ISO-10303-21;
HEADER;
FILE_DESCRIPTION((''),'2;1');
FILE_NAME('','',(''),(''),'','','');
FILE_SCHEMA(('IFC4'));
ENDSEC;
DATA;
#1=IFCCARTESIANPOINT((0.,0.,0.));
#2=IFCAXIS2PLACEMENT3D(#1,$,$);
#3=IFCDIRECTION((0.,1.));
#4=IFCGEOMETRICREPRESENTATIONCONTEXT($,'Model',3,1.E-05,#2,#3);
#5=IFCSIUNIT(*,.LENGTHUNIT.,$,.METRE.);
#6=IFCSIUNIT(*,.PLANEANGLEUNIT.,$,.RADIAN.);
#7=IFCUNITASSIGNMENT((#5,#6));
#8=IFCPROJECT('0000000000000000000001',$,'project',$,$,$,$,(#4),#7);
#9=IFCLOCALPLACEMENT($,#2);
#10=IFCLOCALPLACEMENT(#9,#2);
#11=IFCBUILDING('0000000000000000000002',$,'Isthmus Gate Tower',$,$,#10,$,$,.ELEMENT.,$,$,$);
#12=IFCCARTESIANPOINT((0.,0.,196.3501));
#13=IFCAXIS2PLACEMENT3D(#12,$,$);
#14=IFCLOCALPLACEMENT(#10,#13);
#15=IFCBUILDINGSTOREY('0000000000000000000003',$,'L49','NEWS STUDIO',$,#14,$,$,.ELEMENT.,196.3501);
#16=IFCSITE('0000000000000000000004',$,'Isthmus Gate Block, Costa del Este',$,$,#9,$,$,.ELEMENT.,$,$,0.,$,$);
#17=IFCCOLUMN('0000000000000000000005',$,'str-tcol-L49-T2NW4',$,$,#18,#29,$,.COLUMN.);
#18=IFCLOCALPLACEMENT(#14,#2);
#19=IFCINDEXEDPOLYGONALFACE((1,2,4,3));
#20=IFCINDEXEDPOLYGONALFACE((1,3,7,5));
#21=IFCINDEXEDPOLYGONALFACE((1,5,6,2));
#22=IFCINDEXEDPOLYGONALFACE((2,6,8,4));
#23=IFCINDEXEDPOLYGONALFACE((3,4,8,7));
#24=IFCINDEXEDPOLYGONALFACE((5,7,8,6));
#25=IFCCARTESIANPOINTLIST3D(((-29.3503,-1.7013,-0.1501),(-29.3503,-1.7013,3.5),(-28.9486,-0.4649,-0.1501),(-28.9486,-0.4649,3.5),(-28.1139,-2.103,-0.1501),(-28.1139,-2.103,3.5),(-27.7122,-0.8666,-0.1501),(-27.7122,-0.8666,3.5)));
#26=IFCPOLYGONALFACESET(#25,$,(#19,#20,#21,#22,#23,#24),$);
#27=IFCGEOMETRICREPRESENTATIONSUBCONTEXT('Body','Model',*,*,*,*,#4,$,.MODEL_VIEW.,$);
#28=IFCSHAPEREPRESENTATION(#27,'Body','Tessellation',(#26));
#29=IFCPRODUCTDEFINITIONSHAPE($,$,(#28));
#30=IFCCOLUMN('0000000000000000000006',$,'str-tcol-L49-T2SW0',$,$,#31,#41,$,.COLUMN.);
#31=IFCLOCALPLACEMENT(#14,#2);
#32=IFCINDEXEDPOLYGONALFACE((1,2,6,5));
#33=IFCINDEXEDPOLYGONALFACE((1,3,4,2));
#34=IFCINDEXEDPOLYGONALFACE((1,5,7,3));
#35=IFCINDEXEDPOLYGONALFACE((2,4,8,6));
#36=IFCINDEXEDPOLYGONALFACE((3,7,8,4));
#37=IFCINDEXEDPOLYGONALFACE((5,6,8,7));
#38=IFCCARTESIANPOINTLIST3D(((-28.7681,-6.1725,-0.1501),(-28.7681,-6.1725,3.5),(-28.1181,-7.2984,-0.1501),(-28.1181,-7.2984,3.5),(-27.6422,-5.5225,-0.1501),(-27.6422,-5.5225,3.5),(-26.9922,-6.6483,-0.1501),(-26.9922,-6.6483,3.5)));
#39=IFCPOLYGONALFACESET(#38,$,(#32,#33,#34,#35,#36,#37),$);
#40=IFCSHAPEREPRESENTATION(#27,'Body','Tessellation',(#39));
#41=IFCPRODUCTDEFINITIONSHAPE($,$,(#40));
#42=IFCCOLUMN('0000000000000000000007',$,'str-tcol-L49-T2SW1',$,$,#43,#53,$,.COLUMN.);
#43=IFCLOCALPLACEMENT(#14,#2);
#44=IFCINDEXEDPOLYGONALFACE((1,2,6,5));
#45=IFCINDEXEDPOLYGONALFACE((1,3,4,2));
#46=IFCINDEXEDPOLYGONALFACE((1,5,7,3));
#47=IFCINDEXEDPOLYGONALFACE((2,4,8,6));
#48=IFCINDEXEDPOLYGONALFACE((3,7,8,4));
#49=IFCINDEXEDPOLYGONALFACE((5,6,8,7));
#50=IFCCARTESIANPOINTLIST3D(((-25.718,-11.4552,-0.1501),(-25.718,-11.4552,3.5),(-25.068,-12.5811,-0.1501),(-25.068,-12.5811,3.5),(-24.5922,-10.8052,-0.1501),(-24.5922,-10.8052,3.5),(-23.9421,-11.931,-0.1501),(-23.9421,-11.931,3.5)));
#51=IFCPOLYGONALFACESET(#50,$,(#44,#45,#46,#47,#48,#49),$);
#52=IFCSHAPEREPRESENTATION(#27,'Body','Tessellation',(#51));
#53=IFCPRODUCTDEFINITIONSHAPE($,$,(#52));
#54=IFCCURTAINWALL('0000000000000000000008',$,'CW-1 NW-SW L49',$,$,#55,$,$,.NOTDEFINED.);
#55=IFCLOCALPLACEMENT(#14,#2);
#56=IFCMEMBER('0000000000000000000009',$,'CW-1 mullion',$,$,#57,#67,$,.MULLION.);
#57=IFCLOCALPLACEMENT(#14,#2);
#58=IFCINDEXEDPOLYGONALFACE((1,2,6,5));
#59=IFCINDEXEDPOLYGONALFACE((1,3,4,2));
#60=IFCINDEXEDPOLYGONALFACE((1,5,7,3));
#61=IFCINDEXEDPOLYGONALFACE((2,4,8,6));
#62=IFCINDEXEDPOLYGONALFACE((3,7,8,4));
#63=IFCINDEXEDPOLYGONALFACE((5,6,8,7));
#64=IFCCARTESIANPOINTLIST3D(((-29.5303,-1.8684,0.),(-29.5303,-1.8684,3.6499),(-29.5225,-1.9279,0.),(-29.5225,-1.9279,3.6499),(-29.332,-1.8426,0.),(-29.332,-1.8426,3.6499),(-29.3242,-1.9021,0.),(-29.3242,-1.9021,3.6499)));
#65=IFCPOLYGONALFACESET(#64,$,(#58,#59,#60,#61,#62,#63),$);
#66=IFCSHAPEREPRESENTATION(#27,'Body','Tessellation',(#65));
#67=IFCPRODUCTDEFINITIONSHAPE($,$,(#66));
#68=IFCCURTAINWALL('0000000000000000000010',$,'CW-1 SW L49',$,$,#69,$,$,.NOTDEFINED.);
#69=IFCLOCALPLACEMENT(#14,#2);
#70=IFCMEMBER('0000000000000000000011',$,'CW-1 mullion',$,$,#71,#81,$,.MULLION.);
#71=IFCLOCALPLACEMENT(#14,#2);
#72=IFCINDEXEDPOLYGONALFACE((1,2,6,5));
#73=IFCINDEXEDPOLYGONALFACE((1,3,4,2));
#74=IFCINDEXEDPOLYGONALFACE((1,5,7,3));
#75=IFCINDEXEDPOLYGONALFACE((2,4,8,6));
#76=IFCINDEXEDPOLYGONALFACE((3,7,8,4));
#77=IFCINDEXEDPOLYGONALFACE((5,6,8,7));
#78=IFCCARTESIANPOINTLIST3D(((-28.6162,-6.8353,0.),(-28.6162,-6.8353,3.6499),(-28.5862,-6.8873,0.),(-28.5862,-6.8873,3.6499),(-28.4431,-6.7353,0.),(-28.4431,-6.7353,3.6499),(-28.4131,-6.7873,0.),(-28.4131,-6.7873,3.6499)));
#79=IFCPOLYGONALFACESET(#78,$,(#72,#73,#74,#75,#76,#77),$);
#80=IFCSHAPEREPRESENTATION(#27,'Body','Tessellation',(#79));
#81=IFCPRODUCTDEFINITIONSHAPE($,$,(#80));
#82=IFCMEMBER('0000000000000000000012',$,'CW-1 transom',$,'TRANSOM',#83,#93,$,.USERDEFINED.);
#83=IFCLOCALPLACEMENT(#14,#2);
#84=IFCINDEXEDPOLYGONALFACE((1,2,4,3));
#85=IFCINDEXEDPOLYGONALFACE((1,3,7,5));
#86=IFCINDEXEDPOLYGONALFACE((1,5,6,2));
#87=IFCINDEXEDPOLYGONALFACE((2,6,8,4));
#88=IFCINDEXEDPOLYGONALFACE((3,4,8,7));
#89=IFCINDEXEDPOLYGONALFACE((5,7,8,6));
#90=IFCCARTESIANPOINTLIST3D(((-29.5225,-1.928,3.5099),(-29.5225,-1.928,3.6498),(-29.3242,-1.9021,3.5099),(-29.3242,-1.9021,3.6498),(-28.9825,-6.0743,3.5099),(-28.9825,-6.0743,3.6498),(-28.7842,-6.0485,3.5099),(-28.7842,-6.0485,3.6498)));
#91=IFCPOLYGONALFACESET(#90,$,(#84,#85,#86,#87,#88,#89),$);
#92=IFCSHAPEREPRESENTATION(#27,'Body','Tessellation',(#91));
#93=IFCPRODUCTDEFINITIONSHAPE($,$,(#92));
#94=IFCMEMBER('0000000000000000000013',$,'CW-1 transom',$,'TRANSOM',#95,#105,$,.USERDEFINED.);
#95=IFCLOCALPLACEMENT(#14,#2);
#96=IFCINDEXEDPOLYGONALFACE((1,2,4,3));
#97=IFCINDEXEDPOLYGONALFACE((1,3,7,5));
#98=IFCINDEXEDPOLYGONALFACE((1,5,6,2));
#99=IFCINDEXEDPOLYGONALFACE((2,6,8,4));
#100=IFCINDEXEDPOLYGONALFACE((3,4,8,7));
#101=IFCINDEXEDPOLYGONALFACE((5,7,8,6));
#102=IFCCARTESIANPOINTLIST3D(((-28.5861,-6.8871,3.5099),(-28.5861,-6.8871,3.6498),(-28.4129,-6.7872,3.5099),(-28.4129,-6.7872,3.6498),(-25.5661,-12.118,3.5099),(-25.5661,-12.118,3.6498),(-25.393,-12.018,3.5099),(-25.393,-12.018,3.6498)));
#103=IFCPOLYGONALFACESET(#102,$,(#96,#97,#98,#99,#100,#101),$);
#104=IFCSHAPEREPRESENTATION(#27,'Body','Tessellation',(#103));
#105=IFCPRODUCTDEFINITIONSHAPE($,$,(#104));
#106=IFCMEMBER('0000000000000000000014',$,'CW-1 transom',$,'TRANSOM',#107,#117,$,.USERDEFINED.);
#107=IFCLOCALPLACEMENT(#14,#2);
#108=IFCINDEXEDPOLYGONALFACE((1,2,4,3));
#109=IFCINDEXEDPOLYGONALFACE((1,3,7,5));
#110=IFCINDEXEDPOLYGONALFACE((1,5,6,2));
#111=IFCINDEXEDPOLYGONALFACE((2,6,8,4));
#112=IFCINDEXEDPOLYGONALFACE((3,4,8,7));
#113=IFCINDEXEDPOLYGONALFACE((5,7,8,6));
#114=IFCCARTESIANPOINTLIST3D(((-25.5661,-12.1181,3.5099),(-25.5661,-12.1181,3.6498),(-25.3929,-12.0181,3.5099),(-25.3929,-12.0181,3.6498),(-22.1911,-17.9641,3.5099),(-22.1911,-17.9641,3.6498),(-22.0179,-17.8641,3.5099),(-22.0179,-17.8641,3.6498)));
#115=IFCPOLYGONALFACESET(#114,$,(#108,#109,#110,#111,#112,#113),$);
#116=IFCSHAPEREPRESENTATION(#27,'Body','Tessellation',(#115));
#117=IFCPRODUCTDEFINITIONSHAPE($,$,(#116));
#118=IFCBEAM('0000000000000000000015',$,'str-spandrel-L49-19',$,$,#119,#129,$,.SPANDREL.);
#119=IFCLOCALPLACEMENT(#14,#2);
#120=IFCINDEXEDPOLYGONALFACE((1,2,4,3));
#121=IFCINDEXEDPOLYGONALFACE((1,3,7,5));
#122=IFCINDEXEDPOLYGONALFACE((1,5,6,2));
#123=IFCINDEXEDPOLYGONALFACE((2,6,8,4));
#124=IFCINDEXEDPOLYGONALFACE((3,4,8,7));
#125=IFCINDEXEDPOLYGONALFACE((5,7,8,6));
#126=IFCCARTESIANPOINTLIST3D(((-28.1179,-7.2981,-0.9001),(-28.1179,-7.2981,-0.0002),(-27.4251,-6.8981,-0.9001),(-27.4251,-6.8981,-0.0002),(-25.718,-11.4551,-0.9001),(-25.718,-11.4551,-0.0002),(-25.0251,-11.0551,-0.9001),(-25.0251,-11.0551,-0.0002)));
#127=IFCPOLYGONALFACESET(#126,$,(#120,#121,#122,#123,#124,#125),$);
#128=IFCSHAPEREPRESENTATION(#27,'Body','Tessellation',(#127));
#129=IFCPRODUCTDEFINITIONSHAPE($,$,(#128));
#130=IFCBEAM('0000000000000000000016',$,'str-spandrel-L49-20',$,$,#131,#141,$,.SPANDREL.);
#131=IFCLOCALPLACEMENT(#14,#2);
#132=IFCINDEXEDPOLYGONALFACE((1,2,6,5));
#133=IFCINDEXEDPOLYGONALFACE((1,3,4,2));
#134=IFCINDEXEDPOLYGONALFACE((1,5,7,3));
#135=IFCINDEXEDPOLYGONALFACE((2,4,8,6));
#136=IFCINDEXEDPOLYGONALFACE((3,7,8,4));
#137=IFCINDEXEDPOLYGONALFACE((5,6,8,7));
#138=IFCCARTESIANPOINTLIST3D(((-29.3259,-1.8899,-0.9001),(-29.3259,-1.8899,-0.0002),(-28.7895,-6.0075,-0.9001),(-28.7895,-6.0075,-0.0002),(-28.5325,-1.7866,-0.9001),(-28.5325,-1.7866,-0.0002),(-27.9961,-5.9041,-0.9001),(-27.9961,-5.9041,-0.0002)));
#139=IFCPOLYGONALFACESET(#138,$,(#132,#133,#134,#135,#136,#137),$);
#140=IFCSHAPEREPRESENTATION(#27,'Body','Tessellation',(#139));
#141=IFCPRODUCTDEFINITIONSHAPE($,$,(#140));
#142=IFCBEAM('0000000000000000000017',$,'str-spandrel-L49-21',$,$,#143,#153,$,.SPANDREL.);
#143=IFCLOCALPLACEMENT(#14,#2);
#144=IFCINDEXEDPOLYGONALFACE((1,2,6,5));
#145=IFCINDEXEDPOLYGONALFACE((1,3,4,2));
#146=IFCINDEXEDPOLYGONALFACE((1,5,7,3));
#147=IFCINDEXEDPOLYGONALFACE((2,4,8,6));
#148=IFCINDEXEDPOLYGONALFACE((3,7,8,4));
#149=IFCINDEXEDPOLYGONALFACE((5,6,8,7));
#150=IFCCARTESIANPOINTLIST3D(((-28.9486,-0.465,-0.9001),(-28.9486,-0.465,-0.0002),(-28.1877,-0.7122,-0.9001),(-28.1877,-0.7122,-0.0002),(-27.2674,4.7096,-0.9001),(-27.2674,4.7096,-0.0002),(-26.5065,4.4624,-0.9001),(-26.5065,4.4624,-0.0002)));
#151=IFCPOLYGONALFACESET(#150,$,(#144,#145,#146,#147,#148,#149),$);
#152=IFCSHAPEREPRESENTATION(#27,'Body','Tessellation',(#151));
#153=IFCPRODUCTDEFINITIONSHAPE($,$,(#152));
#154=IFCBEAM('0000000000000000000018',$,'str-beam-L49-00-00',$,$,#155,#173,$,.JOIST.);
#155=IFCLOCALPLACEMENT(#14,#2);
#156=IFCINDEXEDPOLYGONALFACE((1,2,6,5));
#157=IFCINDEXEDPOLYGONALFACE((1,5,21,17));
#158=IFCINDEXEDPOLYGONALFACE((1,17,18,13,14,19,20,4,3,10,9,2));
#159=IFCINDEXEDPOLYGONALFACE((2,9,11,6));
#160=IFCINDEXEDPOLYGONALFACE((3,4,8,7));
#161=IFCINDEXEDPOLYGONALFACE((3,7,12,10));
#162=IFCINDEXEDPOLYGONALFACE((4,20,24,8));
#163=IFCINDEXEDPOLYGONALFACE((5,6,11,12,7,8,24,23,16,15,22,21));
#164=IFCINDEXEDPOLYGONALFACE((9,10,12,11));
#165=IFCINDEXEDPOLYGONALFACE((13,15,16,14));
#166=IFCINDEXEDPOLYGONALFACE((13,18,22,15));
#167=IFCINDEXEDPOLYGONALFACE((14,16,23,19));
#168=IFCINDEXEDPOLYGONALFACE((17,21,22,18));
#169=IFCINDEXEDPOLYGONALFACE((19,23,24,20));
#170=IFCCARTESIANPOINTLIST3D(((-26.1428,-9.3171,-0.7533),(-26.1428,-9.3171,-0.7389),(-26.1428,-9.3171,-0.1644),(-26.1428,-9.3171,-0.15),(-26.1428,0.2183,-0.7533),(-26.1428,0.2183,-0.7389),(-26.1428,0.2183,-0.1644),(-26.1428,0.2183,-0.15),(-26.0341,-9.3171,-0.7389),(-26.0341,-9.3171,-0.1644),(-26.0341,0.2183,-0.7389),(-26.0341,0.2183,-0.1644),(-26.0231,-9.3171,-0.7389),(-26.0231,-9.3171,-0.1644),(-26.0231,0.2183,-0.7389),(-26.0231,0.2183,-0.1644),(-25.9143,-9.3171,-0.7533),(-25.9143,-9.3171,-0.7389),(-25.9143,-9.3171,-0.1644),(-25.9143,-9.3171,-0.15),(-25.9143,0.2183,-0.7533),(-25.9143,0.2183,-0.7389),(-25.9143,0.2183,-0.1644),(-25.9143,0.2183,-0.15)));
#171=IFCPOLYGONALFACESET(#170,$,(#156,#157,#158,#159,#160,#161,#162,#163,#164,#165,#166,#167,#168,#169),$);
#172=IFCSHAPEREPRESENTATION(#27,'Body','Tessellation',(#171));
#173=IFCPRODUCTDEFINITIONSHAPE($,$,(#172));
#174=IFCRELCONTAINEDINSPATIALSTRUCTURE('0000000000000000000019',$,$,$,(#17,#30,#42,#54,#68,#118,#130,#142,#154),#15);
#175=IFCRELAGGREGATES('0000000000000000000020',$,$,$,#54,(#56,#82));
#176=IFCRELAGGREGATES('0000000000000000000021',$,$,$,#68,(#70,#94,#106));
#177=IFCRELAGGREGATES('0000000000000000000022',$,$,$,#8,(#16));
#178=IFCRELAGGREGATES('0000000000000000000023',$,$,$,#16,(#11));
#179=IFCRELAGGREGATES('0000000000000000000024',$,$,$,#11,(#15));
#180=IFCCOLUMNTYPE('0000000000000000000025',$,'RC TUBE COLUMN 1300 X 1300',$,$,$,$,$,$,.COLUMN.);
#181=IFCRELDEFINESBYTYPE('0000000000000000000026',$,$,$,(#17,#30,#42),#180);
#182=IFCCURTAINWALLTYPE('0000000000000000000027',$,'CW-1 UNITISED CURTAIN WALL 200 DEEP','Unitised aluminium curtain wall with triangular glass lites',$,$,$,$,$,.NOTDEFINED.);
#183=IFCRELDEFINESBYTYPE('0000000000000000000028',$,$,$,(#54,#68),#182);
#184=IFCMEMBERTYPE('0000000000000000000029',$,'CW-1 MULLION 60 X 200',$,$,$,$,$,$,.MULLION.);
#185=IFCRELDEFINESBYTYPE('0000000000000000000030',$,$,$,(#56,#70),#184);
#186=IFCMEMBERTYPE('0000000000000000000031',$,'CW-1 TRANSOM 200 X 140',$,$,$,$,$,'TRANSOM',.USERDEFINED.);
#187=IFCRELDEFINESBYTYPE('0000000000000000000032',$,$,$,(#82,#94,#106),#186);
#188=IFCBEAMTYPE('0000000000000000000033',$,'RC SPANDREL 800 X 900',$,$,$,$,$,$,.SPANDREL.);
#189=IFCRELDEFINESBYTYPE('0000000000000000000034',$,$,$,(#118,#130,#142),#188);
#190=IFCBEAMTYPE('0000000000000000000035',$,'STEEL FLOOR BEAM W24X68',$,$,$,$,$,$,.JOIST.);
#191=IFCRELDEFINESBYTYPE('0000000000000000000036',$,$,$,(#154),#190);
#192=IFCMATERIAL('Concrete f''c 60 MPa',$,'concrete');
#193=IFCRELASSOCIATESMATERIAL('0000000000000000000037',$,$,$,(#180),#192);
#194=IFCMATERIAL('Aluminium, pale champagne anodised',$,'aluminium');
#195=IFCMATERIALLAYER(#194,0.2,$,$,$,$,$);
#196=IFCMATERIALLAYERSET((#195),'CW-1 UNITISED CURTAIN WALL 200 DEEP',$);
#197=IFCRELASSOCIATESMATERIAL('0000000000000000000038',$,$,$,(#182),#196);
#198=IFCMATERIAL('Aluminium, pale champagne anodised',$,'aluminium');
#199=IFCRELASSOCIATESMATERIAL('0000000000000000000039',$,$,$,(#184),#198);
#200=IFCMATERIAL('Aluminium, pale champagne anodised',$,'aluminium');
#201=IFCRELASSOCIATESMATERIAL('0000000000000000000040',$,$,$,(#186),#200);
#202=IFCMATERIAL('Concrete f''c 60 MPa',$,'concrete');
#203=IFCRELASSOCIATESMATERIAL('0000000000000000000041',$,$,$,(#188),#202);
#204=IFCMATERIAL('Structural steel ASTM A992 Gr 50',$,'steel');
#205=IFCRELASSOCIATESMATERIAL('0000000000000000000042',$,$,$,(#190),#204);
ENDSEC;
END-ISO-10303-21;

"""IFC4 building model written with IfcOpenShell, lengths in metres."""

from ifc_helpers import new_model, si_unit, direction, frame, origin, origin_2d, place, context, subcontext, project, spatial, rectangle, i_section, extrude, material, layer, layer_set, material_profile, profile_set, type_object, element, aggregate, save


model = new_model("IFC4")

# Units and contexts
model_context = context("Model", 3, precision=1e-05, world=origin(), true_north=direction((0.0, 1.0)))
body_context = subcontext(model_context, "Body", "Model", "MODEL_VIEW")
ifc_project = project(units=[si_unit("LENGTHUNIT", "METRE"), si_unit("PLANEANGLEUNIT", "RADIAN")], contexts=[model_context])

# Site, building, storey
site_placement = place(None, origin())
site = spatial("IfcSite", under=ifc_project, at=site_placement, Name="Isthmus Gate Block, Costa del Este", CompositionType="ELEMENT", RefElevation=0.0)
building_placement = place(site_placement, origin())
building = spatial("IfcBuilding", under=site, at=building_placement, Name="Isthmus Gate Tower", CompositionType="ELEMENT")
storey_placement = place(building_placement, frame((0.0, 0.0, 196.3501)))
storey = spatial("IfcBuildingStorey", under=building, at=storey_placement, Name="L49", Description="NEWS STUDIO", CompositionType="ELEMENT", Elevation=196.3501)

# Columns
ifc_material_1 = material(Name="Concrete f'c 60 MPa", Category="concrete")
ifc_material_profile_1 = material_profile(ifc_material_1, rectangle(XDim=1.3, YDim=1.3, at=origin_2d()), Name="RC 1300X1300")
ifc_profile_set_1 = profile_set([ifc_material_profile_1], Name="Concrete f'c 60 MPa")
column_type = type_object("IfcColumnType", Name="RC TUBE COLUMN 1300 X 1300", PredefinedType="COLUMN", material=ifc_profile_set_1)
for number, where, z_axis, x_axis, name in (
    (1, (-28.5312, -1.2839, -0.1501), (0.0, 0.0, 1.0), (-0.309017, -0.951057, 0.0), "str-tcol-L49-T2NW4"),
    (2, (-27.8801, -6.4104, -0.1501), (0.0, 0.0, 1.0), (0.5, -0.866025, 0.0), "str-tcol-L49-T2SW0"),
    (3, (-24.8301, -11.6931, -0.1501), (0.0, 0.0, 1.0), (0.5, -0.866025, 0.0), "str-tcol-L49-T2SW1"),
):
    element("IfcColumn", number, at=place(storey_placement, frame(where, z_axis=z_axis, x_axis=x_axis)), inside=storey, type_object=column_type, Name=name, PredefinedType="COLUMN", context=body_context, shape_type="SweptSolid", body=[
        extrude(rectangle(XDim=1.3, YDim=1.3, at=origin_2d()), origin(), (0.0, 0.0, 1.0), 3.6501),
    ])

# Curtain walls, members
ifc_material_2 = material(Name="Aluminium, pale champagne anodised", Category="aluminium")
ifc_layer_1 = layer(ifc_material_2, 0.2)
ifc_layer_set_1 = layer_set([ifc_layer_1], Name="CW-1 UNITISED CURTAIN WALL 200 DEEP")
curtain_wall_type = type_object("IfcCurtainWallType", Name="CW-1 UNITISED CURTAIN WALL 200 DEEP", Description="Unitised aluminium curtain wall with triangular glass lites", PredefinedType="NOTDEFINED", material=ifc_layer_set_1)
curtain_wall_1_placement = place(storey_placement, origin())
curtain_wall_1 = element("IfcCurtainWall", 4, at=curtain_wall_1_placement, inside=storey, type_object=curtain_wall_type, Name="CW-1 NW-SW L49", PredefinedType="NOTDEFINED")
ifc_material_3 = material(Name="Aluminium, pale champagne anodised", Category="aluminium")
ifc_material_profile_2 = material_profile(ifc_material_3, rectangle(XDim=0.0601, YDim=0.2, at=origin_2d()), Name="60x200")
ifc_profile_set_2 = profile_set([ifc_material_profile_2], Name="Aluminium, pale champagne anodised")
member_type_1 = type_object("IfcMemberType", Name="CW-1 MULLION 60 X 200", PredefinedType="MULLION", material=ifc_profile_set_2)
member_1_placement = place(storey_placement, frame((-29.4272, -1.8853, 0.0), z_axis=(0.0, 0.0, 1.0), x_axis=(0.129165, -0.991623, 0.0)))
member_1 = element("IfcMember", 5, at=member_1_placement, type_object=member_type_1, Name="CW-1 mullion", PredefinedType="MULLION", context=body_context, shape_type="SweptSolid", body=[
    extrude(rectangle(XDim=0.0601, YDim=0.2, at=origin_2d()), origin(), (0.0, 0.0, 1.0), 3.6499),
])
curtain_wall_2_placement = place(storey_placement, origin())
curtain_wall_2 = element("IfcCurtainWall", 6, at=curtain_wall_2_placement, inside=storey, type_object=curtain_wall_type, Name="CW-1 SW L49", PredefinedType="NOTDEFINED")
member_2_placement = place(storey_placement, frame((-28.5146, -6.8113, 0.0), z_axis=(0.0, 0.0, 1.0), x_axis=(0.5, -0.866025, 0.0)))
member_2 = element("IfcMember", 7, at=member_2_placement, type_object=member_type_1, Name="CW-1 mullion", PredefinedType="MULLION", context=body_context, shape_type="SweptSolid", body=[
    extrude(rectangle(XDim=0.0601, YDim=0.2, at=origin_2d()), origin(), (0.0, 0.0, 1.0), 3.6499),
])

# Members
ifc_material_4 = material(Name="Aluminium, pale champagne anodised", Category="aluminium")
ifc_material_profile_3 = material_profile(ifc_material_4, rectangle(XDim=0.2, YDim=0.1399, at=origin_2d()), Name="200x140")
ifc_profile_set_3 = profile_set([ifc_material_profile_3], Name="Aluminium, pale champagne anodised")
member_type_2 = type_object("IfcMemberType", Name="CW-1 TRANSOM 200 X 140", ElementType="TRANSOM", PredefinedType="USERDEFINED", material=ifc_profile_set_3)
member_3_placement = place(storey_placement, frame((-29.4233, -1.915, 3.5798), z_axis=(0.129149, -0.991625, 0.0), x_axis=(0.991625, 0.129149, 0.0)))
member_3 = element("IfcMember", 8, at=member_3_placement, type_object=member_type_2, Name="CW-1 transom", ObjectType="TRANSOM", PredefinedType="USERDEFINED", context=body_context, shape_type="SweptSolid", body=[
    extrude(rectangle(XDim=0.2, YDim=0.1399, at=origin_2d()), origin(), (0.0, 0.0, 1.0), 4.1814),
])
member_4_placement = place(storey_placement, frame((-28.4995, -6.8372, 3.5798), z_axis=(0.499991, -0.866031, 0.0), x_axis=(0.866031, 0.499991, 0.0)))
member_4 = element("IfcMember", 9, at=member_4_placement, type_object=member_type_2, Name="CW-1 transom", ObjectType="TRANSOM", PredefinedType="USERDEFINED", context=body_context, shape_type="SweptSolid", body=[
    extrude(rectangle(XDim=0.2, YDim=0.1399, at=origin_2d()), origin(), (0.0, 0.0, 1.0), 6.04),
])
member_5_placement = place(storey_placement, frame((-25.4795, -12.0681, 3.5798), z_axis=(0.499982, -0.866036, 0.0), x_axis=(0.866036, 0.499982, 0.0)))
member_5 = element("IfcMember", 10, at=member_5_placement, type_object=member_type_2, Name="CW-1 transom", ObjectType="TRANSOM", PredefinedType="USERDEFINED", context=body_context, shape_type="SweptSolid", body=[
    extrude(rectangle(XDim=0.2, YDim=0.1399, at=origin_2d()), origin(), (0.0, 0.0, 1.0), 6.7502),
])

# Beams
ifc_material_5 = material(Name="Concrete f'c 60 MPa", Category="concrete")
ifc_material_profile_4 = material_profile(ifc_material_5, rectangle(XDim=0.8, YDim=0.8999, at=origin_2d()), Name="RC 800X900")
ifc_profile_set_4 = profile_set([ifc_material_profile_4], Name="Concrete f'c 60 MPa")
beam_type_1 = type_object("IfcBeamType", Name="RC SPANDREL 800 X 900", PredefinedType="SPANDREL", material=ifc_profile_set_4)
beam_1_placement = place(storey_placement, frame((-25.3716, -11.2551, -0.4502), z_axis=(-0.499979, 0.866037, 0.0), x_axis=(-0.866037, -0.499979, 0.0)))
element("IfcBeam", 11, at=beam_1_placement, inside=storey, type_object=beam_type_1, Name="str-spandrel-L49-19", PredefinedType="SPANDREL", context=body_context, shape_type="SweptSolid", body=[
    extrude(rectangle(XDim=0.8, YDim=0.8999, at=origin_2d()), origin(), (0.0, 0.0, 1.0), 4.8),
])
beam_2_placement = place(storey_placement, frame((-28.3928, -5.9558, -0.4502), z_axis=(-0.129171, 0.991622, 0.0), x_axis=(-0.991622, -0.129171, 0.0)))
element("IfcBeam", 12, at=beam_2_placement, inside=storey, type_object=beam_type_1, Name="str-spandrel-L49-20", PredefinedType="SPANDREL", context=body_context, shape_type="SweptSolid", body=[
    extrude(rectangle(XDim=0.8, YDim=0.8999, at=origin_2d()), origin(), (0.0, 0.0, 1.0), 4.1523),
])
beam_3_placement = place(storey_placement, frame((-28.5681, -0.5886, -0.4502), z_axis=(0.30899, 0.951065, 0.0), x_axis=(-0.951065, 0.30899, 0.0)))
element("IfcBeam", 13, at=beam_3_placement, inside=storey, type_object=beam_type_1, Name="str-spandrel-L49-21", PredefinedType="SPANDREL", context=body_context, shape_type="SweptSolid", body=[
    extrude(rectangle(XDim=0.8, YDim=0.8999, at=origin_2d()), origin(), (0.0, 0.0, 1.0), 5.4409),
])
ifc_material_6 = material(Name="Structural steel ASTM A992 Gr 50", Category="steel")
ifc_material_profile_5 = material_profile(ifc_material_6, i_section(OverallWidth=0.2285, OverallDepth=0.6033, WebThickness=0.011, FlangeThickness=0.0144, at=origin_2d()), Name="W24X68")
ifc_profile_set_5 = profile_set([ifc_material_profile_5], Name="Structural steel ASTM A992 Gr 50")
beam_type_2 = type_object("IfcBeamType", Name="STEEL FLOOR BEAM W24X68", PredefinedType="JOIST", material=ifc_profile_set_5)
beam_4_placement = place(storey_placement, frame((-26.0286, -9.3171, -0.4517), z_axis=(0.0, 1.0, 0.0), x_axis=(-1.0, 0.0, 0.0)))
element("IfcBeam", 14, at=beam_4_placement, inside=storey, type_object=beam_type_2, Name="str-beam-L49-00-00", PredefinedType="JOIST", context=body_context, shape_type="SweptSolid", body=[
    extrude(i_section(OverallWidth=0.2285, OverallDepth=0.6033, WebThickness=0.011, FlangeThickness=0.0144, at=origin_2d()), origin(), (0.0, 0.0, 1.0), 9.5354),
])

aggregate(curtain_wall_1, [member_1, member_3])
aggregate(curtain_wall_2, [member_2, member_4, member_5])

save(model, "model.ifc")
